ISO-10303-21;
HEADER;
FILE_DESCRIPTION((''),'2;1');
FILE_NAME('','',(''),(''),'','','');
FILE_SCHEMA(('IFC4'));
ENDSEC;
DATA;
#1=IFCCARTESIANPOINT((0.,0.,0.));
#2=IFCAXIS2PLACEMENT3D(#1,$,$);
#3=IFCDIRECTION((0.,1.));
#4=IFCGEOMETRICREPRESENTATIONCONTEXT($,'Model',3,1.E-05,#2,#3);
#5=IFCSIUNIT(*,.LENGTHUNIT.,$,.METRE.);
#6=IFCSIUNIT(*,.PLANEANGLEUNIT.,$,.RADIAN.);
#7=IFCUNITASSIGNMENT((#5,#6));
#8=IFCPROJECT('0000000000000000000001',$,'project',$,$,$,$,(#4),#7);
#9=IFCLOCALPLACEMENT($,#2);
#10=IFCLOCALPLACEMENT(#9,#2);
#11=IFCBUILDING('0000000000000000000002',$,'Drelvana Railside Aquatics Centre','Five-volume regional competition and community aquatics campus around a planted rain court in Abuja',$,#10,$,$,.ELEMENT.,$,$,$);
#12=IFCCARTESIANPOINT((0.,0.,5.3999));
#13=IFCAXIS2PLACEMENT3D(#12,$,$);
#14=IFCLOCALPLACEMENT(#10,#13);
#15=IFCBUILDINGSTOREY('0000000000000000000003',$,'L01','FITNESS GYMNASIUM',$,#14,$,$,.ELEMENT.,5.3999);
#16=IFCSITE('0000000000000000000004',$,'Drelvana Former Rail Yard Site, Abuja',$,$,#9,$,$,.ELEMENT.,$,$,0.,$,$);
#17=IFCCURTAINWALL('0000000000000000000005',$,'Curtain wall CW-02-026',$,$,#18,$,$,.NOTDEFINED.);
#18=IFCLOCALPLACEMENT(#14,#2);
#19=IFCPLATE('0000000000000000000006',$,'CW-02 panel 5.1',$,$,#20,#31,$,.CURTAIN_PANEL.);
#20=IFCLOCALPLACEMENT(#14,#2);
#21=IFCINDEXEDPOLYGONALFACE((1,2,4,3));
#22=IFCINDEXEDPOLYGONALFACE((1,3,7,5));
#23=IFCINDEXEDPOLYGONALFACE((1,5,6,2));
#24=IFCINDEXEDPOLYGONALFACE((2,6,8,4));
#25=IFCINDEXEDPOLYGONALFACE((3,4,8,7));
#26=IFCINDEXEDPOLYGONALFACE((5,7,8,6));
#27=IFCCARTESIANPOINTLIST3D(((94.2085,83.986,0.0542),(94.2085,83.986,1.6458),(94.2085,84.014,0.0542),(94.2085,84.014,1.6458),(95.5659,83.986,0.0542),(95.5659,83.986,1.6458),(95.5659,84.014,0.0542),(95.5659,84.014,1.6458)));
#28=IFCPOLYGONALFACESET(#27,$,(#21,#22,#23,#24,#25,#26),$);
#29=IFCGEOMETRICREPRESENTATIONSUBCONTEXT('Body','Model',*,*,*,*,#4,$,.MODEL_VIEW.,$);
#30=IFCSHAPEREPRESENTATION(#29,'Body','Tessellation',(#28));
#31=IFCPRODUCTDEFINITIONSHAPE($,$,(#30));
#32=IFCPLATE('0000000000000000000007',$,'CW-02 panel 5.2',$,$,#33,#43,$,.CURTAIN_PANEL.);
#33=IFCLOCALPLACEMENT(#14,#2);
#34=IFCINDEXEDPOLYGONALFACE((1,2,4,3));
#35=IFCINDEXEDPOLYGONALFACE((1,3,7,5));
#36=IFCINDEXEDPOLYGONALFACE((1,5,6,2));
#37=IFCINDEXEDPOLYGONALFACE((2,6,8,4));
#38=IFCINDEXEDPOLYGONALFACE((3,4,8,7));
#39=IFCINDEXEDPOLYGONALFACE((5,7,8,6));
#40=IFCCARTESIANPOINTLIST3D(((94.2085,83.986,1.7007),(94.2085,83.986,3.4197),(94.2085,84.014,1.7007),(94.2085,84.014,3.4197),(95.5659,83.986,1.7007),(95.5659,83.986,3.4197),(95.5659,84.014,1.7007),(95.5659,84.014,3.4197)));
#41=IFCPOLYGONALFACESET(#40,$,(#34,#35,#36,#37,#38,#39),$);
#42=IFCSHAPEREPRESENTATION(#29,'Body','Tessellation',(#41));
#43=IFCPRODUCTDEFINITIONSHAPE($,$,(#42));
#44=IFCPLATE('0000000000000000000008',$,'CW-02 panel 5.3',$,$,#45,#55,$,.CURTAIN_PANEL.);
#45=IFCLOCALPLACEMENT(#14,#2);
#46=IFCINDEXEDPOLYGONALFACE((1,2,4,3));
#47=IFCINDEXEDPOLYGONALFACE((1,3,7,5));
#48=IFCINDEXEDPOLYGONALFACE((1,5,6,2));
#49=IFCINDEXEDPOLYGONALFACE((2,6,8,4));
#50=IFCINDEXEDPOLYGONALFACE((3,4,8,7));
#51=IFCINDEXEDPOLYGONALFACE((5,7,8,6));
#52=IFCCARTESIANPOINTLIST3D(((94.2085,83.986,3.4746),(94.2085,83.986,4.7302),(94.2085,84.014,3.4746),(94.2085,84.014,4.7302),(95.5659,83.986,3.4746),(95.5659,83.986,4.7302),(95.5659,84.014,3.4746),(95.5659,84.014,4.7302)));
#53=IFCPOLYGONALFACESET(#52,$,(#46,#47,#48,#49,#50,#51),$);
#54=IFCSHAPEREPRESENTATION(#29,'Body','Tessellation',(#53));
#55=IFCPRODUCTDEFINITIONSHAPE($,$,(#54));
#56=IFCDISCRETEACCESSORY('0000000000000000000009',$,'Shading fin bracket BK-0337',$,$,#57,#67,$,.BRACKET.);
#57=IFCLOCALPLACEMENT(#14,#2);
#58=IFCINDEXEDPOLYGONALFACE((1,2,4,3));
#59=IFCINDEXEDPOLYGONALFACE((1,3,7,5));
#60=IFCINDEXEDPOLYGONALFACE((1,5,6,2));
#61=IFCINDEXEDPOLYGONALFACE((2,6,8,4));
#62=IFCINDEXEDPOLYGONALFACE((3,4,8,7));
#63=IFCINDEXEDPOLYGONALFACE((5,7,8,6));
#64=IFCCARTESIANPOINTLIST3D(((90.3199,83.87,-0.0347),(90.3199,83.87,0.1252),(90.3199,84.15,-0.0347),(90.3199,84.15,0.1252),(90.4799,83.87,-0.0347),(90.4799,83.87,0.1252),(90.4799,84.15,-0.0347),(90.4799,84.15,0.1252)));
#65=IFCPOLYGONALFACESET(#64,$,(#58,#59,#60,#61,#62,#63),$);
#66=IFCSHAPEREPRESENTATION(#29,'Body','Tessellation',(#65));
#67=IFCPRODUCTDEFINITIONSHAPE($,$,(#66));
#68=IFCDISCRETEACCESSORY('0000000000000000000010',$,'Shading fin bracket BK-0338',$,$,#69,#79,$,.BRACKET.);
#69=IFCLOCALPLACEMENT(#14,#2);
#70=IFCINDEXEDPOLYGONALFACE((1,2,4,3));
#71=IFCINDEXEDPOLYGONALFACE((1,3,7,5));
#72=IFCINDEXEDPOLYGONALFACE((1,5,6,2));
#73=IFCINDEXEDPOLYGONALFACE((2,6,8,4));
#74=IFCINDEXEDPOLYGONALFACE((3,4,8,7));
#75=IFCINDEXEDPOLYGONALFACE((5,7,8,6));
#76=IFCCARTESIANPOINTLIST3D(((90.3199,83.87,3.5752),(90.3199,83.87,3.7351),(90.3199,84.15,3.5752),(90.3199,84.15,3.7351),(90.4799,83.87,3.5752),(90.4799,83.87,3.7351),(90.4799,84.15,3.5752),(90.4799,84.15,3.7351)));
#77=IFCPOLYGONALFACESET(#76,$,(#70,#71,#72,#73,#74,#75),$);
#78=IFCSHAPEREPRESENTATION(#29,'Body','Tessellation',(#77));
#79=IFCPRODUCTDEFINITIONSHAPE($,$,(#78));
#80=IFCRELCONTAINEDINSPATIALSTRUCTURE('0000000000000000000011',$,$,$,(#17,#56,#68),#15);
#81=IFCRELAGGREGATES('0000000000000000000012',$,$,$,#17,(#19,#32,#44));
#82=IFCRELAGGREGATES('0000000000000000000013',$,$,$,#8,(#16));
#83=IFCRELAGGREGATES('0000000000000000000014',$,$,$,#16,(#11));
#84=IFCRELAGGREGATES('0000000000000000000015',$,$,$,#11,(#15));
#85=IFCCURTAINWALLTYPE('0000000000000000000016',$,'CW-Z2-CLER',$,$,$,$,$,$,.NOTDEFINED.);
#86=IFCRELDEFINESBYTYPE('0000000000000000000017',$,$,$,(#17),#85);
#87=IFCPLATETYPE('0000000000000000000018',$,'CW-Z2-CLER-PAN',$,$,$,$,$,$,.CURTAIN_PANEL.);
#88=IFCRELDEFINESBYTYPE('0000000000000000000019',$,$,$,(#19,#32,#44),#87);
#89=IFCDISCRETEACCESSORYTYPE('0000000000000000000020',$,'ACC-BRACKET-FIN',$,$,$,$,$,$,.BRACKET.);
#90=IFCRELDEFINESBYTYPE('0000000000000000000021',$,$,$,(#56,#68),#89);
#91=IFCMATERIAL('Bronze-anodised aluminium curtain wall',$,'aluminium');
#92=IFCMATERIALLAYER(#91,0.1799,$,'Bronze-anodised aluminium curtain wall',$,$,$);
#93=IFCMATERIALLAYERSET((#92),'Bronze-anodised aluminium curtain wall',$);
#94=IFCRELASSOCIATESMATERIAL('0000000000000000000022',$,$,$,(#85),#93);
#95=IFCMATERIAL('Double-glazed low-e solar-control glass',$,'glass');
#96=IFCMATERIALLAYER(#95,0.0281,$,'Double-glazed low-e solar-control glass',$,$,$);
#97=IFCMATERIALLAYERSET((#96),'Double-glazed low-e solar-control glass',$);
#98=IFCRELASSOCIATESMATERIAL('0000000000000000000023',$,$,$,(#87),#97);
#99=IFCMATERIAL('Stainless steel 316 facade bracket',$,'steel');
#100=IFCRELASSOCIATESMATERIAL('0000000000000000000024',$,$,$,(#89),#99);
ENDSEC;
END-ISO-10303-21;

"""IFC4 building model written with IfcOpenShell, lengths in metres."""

from ifc_helpers import new_model, si_unit, direction, frame, origin, origin_2d, place, context, subcontext, project, spatial, rectangle, extrude, material, layer, layer_set, type_object, element, aggregate, save


model = new_model("IFC4")

# Units and contexts
model_context = context("Model", 3, precision=1e-05, world=origin(), true_north=direction((0.0, 1.0)))
body_context = subcontext(model_context, "Body", "Model", "MODEL_VIEW")
ifc_project = project(units=[si_unit("LENGTHUNIT", "METRE"), si_unit("PLANEANGLEUNIT", "RADIAN")], contexts=[model_context])

# Site, building, storey
site_placement = place(None, origin())
site = spatial("IfcSite", under=ifc_project, at=site_placement, Name="Drelvana Former Rail Yard Site, Abuja", CompositionType="ELEMENT", RefElevation=0.0)
building_placement = place(site_placement, origin())
building = spatial("IfcBuilding", under=site, at=building_placement, Name="Drelvana Railside Aquatics Centre", Description="Five-volume regional competition and community aquatics campus around a planted rain court in Abuja", CompositionType="ELEMENT")
storey_placement = place(building_placement, frame((0.0, 0.0, 5.3999)))
storey = spatial("IfcBuildingStorey", under=building, at=storey_placement, Name="L01", Description="FITNESS GYMNASIUM", CompositionType="ELEMENT", Elevation=5.3999)

# Curtain wall, plates
ifc_material_1 = material(Name="Bronze-anodised aluminium curtain wall", Category="aluminium")
ifc_layer_1 = layer(ifc_material_1, 0.1799, Name="Bronze-anodised aluminium curtain wall")
ifc_layer_set_1 = layer_set([ifc_layer_1], Name="Bronze-anodised aluminium curtain wall")
curtain_wall_type = type_object("IfcCurtainWallType", Name="CW-Z2-CLER", PredefinedType="NOTDEFINED", material=ifc_layer_set_1)
curtain_wall_placement = place(storey_placement, origin())
curtain_wall = element("IfcCurtainWall", 1, at=curtain_wall_placement, inside=storey, type_object=curtain_wall_type, Name="Curtain wall CW-02-026", PredefinedType="NOTDEFINED")
ifc_material_2 = material(Name="Double-glazed low-e solar-control glass", Category="glass")
ifc_layer_2 = layer(ifc_material_2, 0.0281, Name="Double-glazed low-e solar-control glass")
ifc_layer_set_2 = layer_set([ifc_layer_2], Name="Double-glazed low-e solar-control glass")
plate_type = type_object("IfcPlateType", Name="CW-Z2-CLER-PAN", PredefinedType="CURTAIN_PANEL", material=ifc_layer_set_2)
plate_1_placement = place(storey_placement, frame((94.8872, 84.0, 0.0542), z_axis=(0.0, 0.0, 1.0), x_axis=(1.0, 0.0, 0.0)))
plate_1 = element("IfcPlate", 2, at=plate_1_placement, type_object=plate_type, Name="CW-02 panel 5.1", PredefinedType="CURTAIN_PANEL", context=body_context, shape_type="SweptSolid", body=[
    extrude(rectangle(XDim=1.3574, YDim=0.0281, at=origin_2d()), origin(), (0.0, 0.0, 1.0), 1.5916),
])
plate_2_placement = place(storey_placement, frame((94.8872, 84.0, 1.7007), z_axis=(0.0, 0.0, 1.0), x_axis=(1.0, 0.0, 0.0)))
plate_2 = element("IfcPlate", 3, at=plate_2_placement, type_object=plate_type, Name="CW-02 panel 5.2", PredefinedType="CURTAIN_PANEL", context=body_context, shape_type="SweptSolid", body=[
    extrude(rectangle(XDim=1.3574, YDim=0.0281, at=origin_2d()), origin(), (0.0, 0.0, 1.0), 1.719),
])
plate_3_placement = place(storey_placement, frame((94.8872, 84.0, 3.4746), z_axis=(0.0, 0.0, 1.0), x_axis=(1.0, 0.0, 0.0)))
plate_3 = element("IfcPlate", 4, at=plate_3_placement, type_object=plate_type, Name="CW-02 panel 5.3", PredefinedType="CURTAIN_PANEL", context=body_context, shape_type="SweptSolid", body=[
    extrude(rectangle(XDim=1.3574, YDim=0.0281, at=origin_2d()), origin(), (0.0, 0.0, 1.0), 1.2556),
])
aggregate(curtain_wall, [plate_1, plate_2, plate_3])

# Discrete accessories
ifc_material_3 = material(Name="Stainless steel 316 facade bracket", Category="steel")
discrete_accessory_type = type_object("IfcDiscreteAccessoryType", Name="ACC-BRACKET-FIN", PredefinedType="BRACKET", material=ifc_material_3)
for number, where, z_axis, x_axis, name in (
    (5, (90.3999, 84.01, -0.0347), (0.0, 0.0, 1.0), (0.0, 1.0, 0.0), "Shading fin bracket BK-0337"),
    (6, (90.3999, 84.01, 3.5752), (0.0, 0.0, 1.0), (0.0, 1.0, 0.0), "Shading fin bracket BK-0338"),
):
    element("IfcDiscreteAccessory", number, at=place(storey_placement, frame(where, z_axis=z_axis, x_axis=x_axis)), inside=storey, type_object=discrete_accessory_type, Name=name, PredefinedType="BRACKET", context=body_context, shape_type="SweptSolid", body=[
        extrude(rectangle(XDim=0.28, YDim=0.1599, at=origin_2d()), origin(), (0.0, 0.0, 1.0), 0.1599),
    ])

save(model, "model.ifc")
